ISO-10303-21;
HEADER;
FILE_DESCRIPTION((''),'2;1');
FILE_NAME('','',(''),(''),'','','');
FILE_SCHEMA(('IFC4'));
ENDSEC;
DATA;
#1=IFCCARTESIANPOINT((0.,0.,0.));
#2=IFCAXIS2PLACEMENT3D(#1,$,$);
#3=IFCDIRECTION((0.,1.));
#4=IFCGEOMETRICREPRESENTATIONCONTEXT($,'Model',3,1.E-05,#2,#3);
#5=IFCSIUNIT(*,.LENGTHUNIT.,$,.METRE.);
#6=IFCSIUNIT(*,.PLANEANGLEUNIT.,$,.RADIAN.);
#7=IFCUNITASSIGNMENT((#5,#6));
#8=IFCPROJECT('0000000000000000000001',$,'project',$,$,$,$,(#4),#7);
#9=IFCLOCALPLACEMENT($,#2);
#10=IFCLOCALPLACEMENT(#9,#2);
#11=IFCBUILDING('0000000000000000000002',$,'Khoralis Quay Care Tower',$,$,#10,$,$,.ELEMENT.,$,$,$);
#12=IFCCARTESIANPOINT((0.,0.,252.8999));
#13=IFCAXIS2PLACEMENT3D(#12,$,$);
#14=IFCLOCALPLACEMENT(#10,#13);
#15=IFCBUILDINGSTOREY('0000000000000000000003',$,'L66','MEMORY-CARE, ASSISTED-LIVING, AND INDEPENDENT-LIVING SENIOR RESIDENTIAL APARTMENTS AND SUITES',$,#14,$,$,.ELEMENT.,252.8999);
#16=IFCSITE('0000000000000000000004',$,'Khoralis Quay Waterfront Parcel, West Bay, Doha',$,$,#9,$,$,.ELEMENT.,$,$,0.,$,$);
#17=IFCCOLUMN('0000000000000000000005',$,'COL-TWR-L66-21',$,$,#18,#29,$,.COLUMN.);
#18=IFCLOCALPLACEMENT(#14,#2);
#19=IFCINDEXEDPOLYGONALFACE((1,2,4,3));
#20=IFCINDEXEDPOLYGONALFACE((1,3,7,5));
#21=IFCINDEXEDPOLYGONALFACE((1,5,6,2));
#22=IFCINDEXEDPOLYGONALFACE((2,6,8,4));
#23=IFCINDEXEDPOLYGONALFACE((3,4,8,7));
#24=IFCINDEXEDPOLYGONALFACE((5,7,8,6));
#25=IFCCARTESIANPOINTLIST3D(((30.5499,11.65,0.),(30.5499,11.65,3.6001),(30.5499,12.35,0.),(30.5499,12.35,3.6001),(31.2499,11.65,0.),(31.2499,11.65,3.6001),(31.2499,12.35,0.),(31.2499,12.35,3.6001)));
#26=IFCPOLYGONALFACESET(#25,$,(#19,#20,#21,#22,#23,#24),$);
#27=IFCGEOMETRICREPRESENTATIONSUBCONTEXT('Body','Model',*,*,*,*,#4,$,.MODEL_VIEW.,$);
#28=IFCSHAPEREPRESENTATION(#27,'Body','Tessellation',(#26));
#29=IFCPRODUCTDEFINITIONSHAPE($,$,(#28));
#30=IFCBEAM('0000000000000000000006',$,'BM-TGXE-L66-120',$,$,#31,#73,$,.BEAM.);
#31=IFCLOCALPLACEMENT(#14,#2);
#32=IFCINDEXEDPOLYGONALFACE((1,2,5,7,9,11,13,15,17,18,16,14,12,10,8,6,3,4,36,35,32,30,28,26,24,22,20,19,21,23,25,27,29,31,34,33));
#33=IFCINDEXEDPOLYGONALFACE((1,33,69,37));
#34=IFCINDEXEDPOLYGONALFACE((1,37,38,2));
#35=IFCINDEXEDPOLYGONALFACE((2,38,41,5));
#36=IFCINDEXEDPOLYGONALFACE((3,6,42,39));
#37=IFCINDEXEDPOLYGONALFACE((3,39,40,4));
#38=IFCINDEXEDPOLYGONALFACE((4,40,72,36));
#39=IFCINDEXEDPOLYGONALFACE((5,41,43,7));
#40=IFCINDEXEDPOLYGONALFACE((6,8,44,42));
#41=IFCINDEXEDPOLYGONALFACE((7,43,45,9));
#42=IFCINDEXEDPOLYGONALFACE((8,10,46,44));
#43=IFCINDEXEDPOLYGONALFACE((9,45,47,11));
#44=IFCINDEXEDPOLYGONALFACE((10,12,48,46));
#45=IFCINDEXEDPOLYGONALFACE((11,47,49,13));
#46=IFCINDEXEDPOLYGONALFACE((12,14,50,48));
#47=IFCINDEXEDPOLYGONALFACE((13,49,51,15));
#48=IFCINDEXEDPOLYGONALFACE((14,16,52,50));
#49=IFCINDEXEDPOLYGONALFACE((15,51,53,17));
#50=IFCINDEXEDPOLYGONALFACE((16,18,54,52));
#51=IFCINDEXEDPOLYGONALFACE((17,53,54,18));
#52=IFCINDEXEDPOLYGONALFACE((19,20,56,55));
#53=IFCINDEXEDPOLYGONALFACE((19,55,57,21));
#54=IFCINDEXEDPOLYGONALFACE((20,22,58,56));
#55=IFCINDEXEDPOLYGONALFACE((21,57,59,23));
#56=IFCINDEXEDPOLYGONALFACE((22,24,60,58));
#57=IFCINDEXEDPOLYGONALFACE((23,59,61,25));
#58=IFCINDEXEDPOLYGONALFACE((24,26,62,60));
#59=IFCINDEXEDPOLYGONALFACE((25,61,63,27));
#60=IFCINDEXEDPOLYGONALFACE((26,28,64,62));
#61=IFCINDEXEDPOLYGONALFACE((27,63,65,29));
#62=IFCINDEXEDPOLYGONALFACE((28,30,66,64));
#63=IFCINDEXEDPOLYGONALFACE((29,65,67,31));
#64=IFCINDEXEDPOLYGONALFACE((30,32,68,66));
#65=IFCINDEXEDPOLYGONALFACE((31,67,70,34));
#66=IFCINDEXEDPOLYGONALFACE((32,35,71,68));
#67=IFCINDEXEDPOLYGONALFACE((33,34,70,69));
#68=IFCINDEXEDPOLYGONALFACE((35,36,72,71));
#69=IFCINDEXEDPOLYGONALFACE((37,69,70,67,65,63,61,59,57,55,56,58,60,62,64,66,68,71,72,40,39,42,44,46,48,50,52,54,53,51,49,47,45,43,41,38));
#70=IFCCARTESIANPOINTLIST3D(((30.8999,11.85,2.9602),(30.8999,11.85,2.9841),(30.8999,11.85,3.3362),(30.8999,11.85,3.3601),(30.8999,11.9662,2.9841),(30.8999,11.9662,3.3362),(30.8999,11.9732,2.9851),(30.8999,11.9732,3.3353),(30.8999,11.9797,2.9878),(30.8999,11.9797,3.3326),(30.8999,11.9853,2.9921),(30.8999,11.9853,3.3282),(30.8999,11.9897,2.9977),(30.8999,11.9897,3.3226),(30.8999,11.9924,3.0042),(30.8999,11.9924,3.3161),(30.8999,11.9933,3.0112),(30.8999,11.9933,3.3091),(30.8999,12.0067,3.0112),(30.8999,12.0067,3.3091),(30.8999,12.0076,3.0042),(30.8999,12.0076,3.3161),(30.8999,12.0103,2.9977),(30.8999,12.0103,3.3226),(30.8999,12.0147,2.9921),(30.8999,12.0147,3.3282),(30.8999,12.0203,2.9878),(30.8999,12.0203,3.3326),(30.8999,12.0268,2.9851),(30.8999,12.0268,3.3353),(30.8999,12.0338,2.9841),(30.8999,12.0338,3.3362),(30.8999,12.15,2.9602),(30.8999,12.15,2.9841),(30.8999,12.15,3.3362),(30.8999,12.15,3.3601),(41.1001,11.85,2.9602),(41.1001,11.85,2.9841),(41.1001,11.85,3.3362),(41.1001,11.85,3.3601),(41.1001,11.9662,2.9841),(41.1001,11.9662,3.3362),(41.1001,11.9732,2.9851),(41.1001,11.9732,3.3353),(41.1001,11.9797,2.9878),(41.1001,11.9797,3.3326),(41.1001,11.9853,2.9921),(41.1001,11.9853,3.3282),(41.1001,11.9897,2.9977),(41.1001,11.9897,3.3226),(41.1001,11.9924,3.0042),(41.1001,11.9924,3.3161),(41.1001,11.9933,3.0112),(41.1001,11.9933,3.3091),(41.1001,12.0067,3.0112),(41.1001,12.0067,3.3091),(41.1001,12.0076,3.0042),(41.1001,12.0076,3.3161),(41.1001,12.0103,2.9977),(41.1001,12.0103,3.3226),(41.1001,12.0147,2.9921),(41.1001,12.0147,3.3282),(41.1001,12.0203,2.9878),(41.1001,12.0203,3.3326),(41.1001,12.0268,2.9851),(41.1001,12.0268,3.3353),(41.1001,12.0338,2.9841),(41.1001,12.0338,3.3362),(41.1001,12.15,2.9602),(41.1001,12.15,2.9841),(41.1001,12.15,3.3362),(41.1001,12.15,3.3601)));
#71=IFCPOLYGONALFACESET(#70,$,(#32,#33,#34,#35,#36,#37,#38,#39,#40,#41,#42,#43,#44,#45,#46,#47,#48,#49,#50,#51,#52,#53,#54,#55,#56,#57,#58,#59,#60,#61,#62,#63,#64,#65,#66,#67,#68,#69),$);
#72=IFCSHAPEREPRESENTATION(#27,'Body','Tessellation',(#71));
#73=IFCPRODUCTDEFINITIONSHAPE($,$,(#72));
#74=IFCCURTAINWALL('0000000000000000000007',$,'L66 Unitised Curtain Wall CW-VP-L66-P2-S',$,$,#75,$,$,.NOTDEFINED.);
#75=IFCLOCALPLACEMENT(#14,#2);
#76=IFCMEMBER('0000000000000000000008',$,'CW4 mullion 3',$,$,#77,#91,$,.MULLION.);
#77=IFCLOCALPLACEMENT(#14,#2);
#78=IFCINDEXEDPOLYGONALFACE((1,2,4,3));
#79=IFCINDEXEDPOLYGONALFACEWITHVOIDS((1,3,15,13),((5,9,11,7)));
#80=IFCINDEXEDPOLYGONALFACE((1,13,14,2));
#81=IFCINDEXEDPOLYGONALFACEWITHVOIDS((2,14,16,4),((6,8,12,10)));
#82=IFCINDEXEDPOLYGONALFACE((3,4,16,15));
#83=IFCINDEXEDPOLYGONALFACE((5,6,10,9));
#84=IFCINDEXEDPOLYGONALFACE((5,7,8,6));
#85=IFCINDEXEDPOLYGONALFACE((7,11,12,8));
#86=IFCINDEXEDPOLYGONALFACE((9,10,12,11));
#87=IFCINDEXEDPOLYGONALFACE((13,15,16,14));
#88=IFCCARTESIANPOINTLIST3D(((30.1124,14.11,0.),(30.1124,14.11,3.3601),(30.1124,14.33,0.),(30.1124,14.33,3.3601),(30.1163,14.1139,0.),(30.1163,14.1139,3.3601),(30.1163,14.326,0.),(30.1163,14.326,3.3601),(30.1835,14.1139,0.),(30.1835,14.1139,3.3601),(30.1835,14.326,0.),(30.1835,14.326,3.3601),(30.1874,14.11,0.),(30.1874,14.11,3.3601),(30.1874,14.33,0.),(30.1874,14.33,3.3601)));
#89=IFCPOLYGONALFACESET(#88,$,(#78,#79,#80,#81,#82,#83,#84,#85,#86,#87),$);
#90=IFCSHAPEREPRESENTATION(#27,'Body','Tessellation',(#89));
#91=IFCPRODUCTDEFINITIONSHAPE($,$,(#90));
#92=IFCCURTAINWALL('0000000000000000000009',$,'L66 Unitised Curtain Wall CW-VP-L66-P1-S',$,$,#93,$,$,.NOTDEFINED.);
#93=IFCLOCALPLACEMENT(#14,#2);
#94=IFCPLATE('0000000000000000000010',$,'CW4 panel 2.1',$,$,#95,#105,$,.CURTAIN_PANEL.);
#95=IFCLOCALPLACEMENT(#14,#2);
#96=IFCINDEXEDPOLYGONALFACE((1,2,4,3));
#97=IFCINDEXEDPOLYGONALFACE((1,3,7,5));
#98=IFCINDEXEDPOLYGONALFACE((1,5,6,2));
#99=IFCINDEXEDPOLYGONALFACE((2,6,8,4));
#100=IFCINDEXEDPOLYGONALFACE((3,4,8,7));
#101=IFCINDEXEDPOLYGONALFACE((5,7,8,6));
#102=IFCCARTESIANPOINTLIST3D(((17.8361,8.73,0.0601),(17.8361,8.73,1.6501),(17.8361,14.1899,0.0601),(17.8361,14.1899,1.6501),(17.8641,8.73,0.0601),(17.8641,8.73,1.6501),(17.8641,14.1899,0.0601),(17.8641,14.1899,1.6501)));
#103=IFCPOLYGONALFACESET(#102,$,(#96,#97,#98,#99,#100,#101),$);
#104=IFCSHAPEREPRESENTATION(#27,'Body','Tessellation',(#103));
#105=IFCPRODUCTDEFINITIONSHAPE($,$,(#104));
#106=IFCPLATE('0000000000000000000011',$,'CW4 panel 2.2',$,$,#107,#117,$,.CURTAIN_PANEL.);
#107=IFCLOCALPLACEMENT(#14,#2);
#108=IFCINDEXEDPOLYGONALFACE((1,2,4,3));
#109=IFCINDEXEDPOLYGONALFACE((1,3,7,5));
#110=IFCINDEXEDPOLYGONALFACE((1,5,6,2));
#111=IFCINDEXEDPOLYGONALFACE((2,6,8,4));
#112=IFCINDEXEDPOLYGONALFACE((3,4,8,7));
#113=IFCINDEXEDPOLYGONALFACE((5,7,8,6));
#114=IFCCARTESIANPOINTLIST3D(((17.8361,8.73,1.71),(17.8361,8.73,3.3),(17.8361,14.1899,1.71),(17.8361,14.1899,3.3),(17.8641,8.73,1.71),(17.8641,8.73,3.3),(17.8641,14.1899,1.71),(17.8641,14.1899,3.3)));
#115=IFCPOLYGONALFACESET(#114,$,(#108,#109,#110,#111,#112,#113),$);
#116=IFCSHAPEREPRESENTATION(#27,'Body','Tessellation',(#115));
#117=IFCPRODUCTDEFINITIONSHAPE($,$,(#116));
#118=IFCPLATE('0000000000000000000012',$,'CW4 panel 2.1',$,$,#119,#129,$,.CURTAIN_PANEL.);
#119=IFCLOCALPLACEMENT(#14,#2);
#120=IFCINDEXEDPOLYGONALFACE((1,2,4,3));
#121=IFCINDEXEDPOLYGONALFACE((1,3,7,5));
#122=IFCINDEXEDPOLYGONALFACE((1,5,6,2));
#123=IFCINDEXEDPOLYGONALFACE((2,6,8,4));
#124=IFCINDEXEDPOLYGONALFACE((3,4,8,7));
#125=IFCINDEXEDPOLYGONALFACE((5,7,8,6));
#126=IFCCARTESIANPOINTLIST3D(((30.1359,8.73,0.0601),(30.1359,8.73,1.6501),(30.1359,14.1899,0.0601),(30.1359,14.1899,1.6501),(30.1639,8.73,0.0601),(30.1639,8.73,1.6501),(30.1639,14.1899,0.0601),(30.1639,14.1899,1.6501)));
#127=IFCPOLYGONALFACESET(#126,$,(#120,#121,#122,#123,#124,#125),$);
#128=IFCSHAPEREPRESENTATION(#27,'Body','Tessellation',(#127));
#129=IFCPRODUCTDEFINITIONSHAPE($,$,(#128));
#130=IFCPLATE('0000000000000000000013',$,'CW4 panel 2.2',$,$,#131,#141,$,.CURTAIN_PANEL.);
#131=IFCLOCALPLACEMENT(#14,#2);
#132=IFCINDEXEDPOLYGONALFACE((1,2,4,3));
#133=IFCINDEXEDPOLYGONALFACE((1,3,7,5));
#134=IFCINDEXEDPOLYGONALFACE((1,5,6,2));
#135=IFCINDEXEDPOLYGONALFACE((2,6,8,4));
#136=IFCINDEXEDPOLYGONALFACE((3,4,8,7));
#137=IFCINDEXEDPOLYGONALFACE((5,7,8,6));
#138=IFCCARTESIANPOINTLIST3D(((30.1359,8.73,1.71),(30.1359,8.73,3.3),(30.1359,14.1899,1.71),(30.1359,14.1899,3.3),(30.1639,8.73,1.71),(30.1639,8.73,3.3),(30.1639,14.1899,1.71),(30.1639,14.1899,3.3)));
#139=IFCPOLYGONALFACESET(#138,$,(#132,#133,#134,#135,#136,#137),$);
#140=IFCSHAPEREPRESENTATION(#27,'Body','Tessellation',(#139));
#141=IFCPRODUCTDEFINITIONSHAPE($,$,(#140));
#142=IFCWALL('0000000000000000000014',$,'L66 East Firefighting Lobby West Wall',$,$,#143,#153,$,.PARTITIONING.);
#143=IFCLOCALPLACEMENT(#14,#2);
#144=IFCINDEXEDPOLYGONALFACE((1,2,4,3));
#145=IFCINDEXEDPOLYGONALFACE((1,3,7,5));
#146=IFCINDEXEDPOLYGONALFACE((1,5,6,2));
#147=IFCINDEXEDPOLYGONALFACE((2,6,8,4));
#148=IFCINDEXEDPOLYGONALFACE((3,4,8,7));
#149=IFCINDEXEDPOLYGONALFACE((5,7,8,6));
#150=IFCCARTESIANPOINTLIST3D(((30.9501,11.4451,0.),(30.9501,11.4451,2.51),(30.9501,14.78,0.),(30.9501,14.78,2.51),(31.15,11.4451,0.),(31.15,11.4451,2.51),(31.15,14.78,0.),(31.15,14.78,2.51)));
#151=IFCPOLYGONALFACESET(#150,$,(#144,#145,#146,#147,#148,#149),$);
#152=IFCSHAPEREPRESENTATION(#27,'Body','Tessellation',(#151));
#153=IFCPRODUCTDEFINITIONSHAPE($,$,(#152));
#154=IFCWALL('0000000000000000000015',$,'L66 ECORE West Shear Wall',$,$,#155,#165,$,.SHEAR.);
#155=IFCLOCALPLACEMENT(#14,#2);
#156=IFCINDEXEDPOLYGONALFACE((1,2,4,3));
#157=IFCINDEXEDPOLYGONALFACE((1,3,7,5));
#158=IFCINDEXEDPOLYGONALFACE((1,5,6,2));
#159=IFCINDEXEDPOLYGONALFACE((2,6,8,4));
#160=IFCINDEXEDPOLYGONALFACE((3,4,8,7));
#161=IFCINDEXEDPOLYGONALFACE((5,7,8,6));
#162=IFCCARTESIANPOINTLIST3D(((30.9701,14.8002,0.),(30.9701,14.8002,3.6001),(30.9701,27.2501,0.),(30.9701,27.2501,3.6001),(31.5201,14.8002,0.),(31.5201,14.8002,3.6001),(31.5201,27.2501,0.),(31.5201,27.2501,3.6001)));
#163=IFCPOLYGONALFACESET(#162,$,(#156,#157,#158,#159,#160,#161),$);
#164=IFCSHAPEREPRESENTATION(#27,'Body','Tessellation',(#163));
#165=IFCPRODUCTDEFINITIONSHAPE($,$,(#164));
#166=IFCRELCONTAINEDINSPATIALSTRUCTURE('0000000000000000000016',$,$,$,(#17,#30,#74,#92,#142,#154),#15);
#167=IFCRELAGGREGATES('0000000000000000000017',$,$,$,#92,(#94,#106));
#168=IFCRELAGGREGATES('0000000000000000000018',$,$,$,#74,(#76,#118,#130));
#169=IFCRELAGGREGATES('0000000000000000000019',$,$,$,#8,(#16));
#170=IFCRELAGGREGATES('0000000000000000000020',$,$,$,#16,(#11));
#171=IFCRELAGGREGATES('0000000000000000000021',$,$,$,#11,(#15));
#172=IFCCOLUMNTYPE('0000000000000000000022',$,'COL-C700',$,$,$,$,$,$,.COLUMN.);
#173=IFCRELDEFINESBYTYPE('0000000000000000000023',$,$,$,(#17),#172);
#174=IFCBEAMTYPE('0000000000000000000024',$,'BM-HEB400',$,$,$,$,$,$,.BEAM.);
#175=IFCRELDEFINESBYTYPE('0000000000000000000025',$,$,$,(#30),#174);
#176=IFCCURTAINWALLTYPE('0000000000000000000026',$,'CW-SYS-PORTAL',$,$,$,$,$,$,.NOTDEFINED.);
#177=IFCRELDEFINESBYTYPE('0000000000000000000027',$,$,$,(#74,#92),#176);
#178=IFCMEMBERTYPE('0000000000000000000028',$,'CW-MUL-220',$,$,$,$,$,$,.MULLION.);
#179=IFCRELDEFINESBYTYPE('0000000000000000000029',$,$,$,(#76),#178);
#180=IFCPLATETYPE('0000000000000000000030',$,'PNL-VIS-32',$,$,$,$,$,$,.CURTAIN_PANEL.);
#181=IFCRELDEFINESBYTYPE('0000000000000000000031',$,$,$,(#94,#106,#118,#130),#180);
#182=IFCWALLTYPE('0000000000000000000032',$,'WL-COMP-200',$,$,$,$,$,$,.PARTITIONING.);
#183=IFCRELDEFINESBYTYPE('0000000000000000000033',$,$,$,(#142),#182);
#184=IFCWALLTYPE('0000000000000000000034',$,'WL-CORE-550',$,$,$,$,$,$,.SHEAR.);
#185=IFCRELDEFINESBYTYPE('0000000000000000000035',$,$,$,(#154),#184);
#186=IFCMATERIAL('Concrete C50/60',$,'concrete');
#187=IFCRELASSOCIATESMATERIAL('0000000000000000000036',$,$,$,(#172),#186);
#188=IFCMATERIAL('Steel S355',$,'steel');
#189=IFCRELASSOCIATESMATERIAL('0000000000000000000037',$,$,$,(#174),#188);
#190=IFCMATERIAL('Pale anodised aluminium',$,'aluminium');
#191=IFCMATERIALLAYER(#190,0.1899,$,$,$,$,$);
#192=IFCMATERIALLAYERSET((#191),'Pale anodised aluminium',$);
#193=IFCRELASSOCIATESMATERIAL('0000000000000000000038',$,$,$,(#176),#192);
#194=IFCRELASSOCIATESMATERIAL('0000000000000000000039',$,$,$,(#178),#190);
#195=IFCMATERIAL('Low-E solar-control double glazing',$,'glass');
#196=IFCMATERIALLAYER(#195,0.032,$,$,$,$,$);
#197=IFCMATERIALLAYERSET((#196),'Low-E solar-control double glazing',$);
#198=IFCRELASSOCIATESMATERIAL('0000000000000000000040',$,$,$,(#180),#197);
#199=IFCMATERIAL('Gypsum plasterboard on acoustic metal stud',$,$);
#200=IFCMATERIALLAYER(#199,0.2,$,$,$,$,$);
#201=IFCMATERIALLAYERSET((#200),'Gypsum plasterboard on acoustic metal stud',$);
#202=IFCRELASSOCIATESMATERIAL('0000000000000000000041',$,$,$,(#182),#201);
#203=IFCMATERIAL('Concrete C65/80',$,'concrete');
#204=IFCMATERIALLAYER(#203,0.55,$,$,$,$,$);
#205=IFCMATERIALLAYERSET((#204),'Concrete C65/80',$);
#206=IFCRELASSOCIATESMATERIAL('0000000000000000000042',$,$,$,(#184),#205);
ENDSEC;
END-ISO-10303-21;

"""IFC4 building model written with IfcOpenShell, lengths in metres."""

from ifc_helpers import new_model, si_unit, direction, frame, frame_2d, origin, origin_2d, place, context, subcontext, project, spatial, rectangle, hollow_rectangle, i_section, extrude, source, transform, mapped, material, layer, layer_set, material_profile, profile_set, type_object, element, aggregate, save


model = new_model("IFC4")

# Units and contexts
model_context = context("Model", 3, precision=1e-05, world=origin(), true_north=direction((0.0, 1.0)))
body_context = subcontext(model_context, "Body", "Model", "MODEL_VIEW")
ifc_project = project(units=[si_unit("LENGTHUNIT", "METRE"), si_unit("PLANEANGLEUNIT", "RADIAN")], contexts=[model_context])

# Site, building, storey
site_placement = place(None, origin())
site = spatial("IfcSite", under=ifc_project, at=site_placement, Name="Khoralis Quay Waterfront Parcel, West Bay, Doha", CompositionType="ELEMENT", RefElevation=0.0)
building_placement = place(site_placement, origin())
building = spatial("IfcBuilding", under=site, at=building_placement, Name="Khoralis Quay Care Tower", CompositionType="ELEMENT")
storey_placement = place(building_placement, frame((0.0, 0.0, 252.8999)))
storey = spatial("IfcBuildingStorey", under=building, at=storey_placement, Name="L66", Description="MEMORY-CARE, ASSISTED-LIVING, AND INDEPENDENT-LIVING SENIOR RESIDENTIAL APARTMENTS AND SUITES", CompositionType="ELEMENT", Elevation=252.8999)

# Column
ifc_material_1 = material(Name="Concrete C50/60", Category="concrete")
ifc_material_profile_1 = material_profile(ifc_material_1, rectangle(XDim=0.7, YDim=0.7, at=origin_2d()), Name="Concrete C50/60")
ifc_profile_set_1 = profile_set([ifc_material_profile_1], Name="Concrete C50/60")
column_type = type_object("IfcColumnType", Name="COL-C700", PredefinedType="COLUMN", material=ifc_profile_set_1)
shared_shape_1 = source(origin(), body_context, "Body", "SweptSolid", [
    extrude(rectangle(XDim=0.7, YDim=0.7, at=origin_2d()), origin(), (0.0, 0.0, 1.0), 3.6001),
])
column_placement = place(storey_placement, frame((30.8999, 12.0, 0.0), z_axis=(0.0, 0.0, 1.0), x_axis=(1.0, 0.0, 0.0)))
element("IfcColumn", 1, at=column_placement, inside=storey, type_object=column_type, Name="COL-TWR-L66-21", PredefinedType="COLUMN", context=body_context, shape_type="MappedRepresentation", body=[
    mapped(shared_shape_1, transform((0.0, 0.0, 0.0), scale=1.0)),
])

# Beam
ifc_material_2 = material(Name="Steel S355", Category="steel")
ifc_material_profile_2 = material_profile(ifc_material_2, i_section(OverallWidth=0.3, OverallDepth=0.3999, WebThickness=0.0134, FlangeThickness=0.0239, FilletRadius=0.0271, at=origin_2d()), Name="Steel S355")
ifc_profile_set_2 = profile_set([ifc_material_profile_2], Name="Steel S355")
beam_type = type_object("IfcBeamType", Name="BM-HEB400", PredefinedType="BEAM", material=ifc_profile_set_2)
shared_shape_2 = source(origin(), body_context, "Body", "SweptSolid", [
    extrude(i_section(OverallWidth=0.3, OverallDepth=0.3999, WebThickness=0.0134, FlangeThickness=0.0239, FilletRadius=0.0271, at=origin_2d()), origin(), (0.0, 0.0, 1.0), 10.2002),
])
beam_placement = place(storey_placement, frame((30.8999, 12.0, 3.1602), z_axis=(1.0, 0.0, 0.0), x_axis=(0.0, 1.0, 0.0)))
element("IfcBeam", 2, at=beam_placement, inside=storey, type_object=beam_type, Name="BM-TGXE-L66-120", PredefinedType="BEAM", context=body_context, shape_type="MappedRepresentation", body=[
    mapped(shared_shape_2, transform((0.0, 0.0, 0.0), scale=1.0)),
])

# Curtain wall, member
ifc_material_3 = material(Name="Pale anodised aluminium", Category="aluminium")
ifc_layer_1 = layer(ifc_material_3, 0.1899)
ifc_layer_set_1 = layer_set([ifc_layer_1], Name="Pale anodised aluminium")
curtain_wall_type = type_object("IfcCurtainWallType", Name="CW-SYS-PORTAL", PredefinedType="NOTDEFINED", material=ifc_layer_set_1)
curtain_wall_1_placement = place(storey_placement, origin())
curtain_wall_1 = element("IfcCurtainWall", 3, at=curtain_wall_1_placement, inside=storey, type_object=curtain_wall_type, Name="L66 Unitised Curtain Wall CW-VP-L66-P2-S", PredefinedType="NOTDEFINED")
ifc_material_profile_3 = material_profile(ifc_material_3, hollow_rectangle(XDim=0.075, YDim=0.22, WallThickness=0.0039, at=origin_2d()), Name="Pale anodised aluminium")
ifc_profile_set_3 = profile_set([ifc_material_profile_3], Name="Pale anodised aluminium")
member_type = type_object("IfcMemberType", Name="CW-MUL-220", PredefinedType="MULLION", material=ifc_profile_set_3)
shared_shape_3 = source(origin(), body_context, "Body", "SweptSolid", [
    extrude(hollow_rectangle(XDim=0.075, YDim=0.22, WallThickness=0.0039, at=origin_2d()), origin(), (0.0, 0.0, 1.0), 3.3601),
])
member_placement = place(storey_placement, frame((30.1499, 14.22, 0.0), z_axis=(0.0, 0.0, 1.0), x_axis=(-1.0, 0.0, 0.0)))
member = element("IfcMember", 4, at=member_placement, type_object=member_type, Name="CW4 mullion 3", PredefinedType="MULLION", context=body_context, shape_type="MappedRepresentation", body=[
    mapped(shared_shape_3, transform((0.0, 0.0, 0.0), scale=1.0)),
])

# Curtain wall, plates
curtain_wall_2_placement = place(storey_placement, origin())
curtain_wall_2 = element("IfcCurtainWall", 5, at=curtain_wall_2_placement, inside=storey, type_object=curtain_wall_type, Name="L66 Unitised Curtain Wall CW-VP-L66-P1-S", PredefinedType="NOTDEFINED")
ifc_material_4 = material(Name="Low-E solar-control double glazing", Category="glass")
ifc_layer_2 = layer(ifc_material_4, 0.032)
ifc_layer_set_2 = layer_set([ifc_layer_2], Name="Low-E solar-control double glazing")
plate_type = type_object("IfcPlateType", Name="PNL-VIS-32", PredefinedType="CURTAIN_PANEL", material=ifc_layer_set_2)
shared_shape_4 = source(origin(), body_context, "Body", "SweptSolid", [
    extrude(rectangle(XDim=5.46, YDim=0.0281, at=origin_2d()), origin(), (0.0, 0.0, 1.0), 1.5901),
])
plate_1_placement = place(storey_placement, frame((17.8501, 11.46, 0.0601), z_axis=(0.0, 0.0, 1.0), x_axis=(0.0, 1.0, 0.0)))
plate_1 = element("IfcPlate", 6, at=plate_1_placement, type_object=plate_type, Name="CW4 panel 2.1", PredefinedType="CURTAIN_PANEL", context=body_context, shape_type="MappedRepresentation", body=[
    mapped(shared_shape_4, transform((0.0, 0.0, 0.0), scale=1.0)),
])
plate_2_placement = place(storey_placement, frame((17.8501, 11.46, 1.71), z_axis=(0.0, 0.0, 1.0), x_axis=(0.0, 1.0, 0.0)))
plate_2 = element("IfcPlate", 7, at=plate_2_placement, type_object=plate_type, Name="CW4 panel 2.2", PredefinedType="CURTAIN_PANEL", context=body_context, shape_type="MappedRepresentation", body=[
    mapped(shared_shape_4, transform((0.0, 0.0, 0.0), scale=1.0)),
])
aggregate(curtain_wall_2, [plate_1, plate_2])

# Plates
plate_3_placement = place(storey_placement, frame((30.1499, 11.46, 0.0601), z_axis=(0.0, 0.0, 1.0), x_axis=(0.0, 1.0, 0.0)))
plate_3 = element("IfcPlate", 8, at=plate_3_placement, type_object=plate_type, Name="CW4 panel 2.1", PredefinedType="CURTAIN_PANEL", context=body_context, shape_type="MappedRepresentation", body=[
    mapped(shared_shape_4, transform((0.0, 0.0, 0.0), scale=1.0)),
])
plate_4_placement = place(storey_placement, frame((30.1499, 11.46, 1.71), z_axis=(0.0, 0.0, 1.0), x_axis=(0.0, 1.0, 0.0)))
plate_4 = element("IfcPlate", 9, at=plate_4_placement, type_object=plate_type, Name="CW4 panel 2.2", PredefinedType="CURTAIN_PANEL", context=body_context, shape_type="MappedRepresentation", body=[
    mapped(shared_shape_4, transform((0.0, 0.0, 0.0), scale=1.0)),
])
aggregate(curtain_wall_1, [member, plate_3, plate_4])

# Walls
ifc_material_5 = material(Name="Gypsum plasterboard on acoustic metal stud")
ifc_layer_3 = layer(ifc_material_5, 0.2)
ifc_layer_set_3 = layer_set([ifc_layer_3], Name="Gypsum plasterboard on acoustic metal stud")
wall_type_1 = type_object("IfcWallType", Name="WL-COMP-200", PredefinedType="PARTITIONING", material=ifc_layer_set_3)
wall_1_placement = place(storey_placement, frame((31.05, 11.4451, 0.0), z_axis=(0.0, 0.0, 1.0), x_axis=(0.0, 1.0, 0.0)))
element("IfcWall", 10, at=wall_1_placement, inside=storey, type_object=wall_type_1, Name="L66 East Firefighting Lobby West Wall", PredefinedType="PARTITIONING", context=body_context, shape_type="SweptSolid", body=[
    extrude(rectangle(XDim=3.335, YDim=0.2, at=frame_2d((1.6675, 0.0))), origin(), (0.0, 0.0, 1.0), 2.51),
])
ifc_material_6 = material(Name="Concrete C65/80", Category="concrete")
ifc_layer_4 = layer(ifc_material_6, 0.55)
ifc_layer_set_4 = layer_set([ifc_layer_4], Name="Concrete C65/80")
wall_type_2 = type_object("IfcWallType", Name="WL-CORE-550", PredefinedType="SHEAR", material=ifc_layer_set_4)
wall_2_placement = place(storey_placement, frame((31.2451, 14.8, 0.0), z_axis=(0.0, 0.0, 1.0), x_axis=(0.0, 1.0, 0.0)))
element("IfcWall", 11, at=wall_2_placement, inside=storey, type_object=wall_type_2, Name="L66 ECORE West Shear Wall", PredefinedType="SHEAR", context=body_context, shape_type="SweptSolid", body=[
    extrude(rectangle(XDim=12.45, YDim=0.55, at=frame_2d((6.2251, 0.0))), origin(), (0.0, 0.0, 1.0), 3.6001),
])

save(model, "model.ifc")
